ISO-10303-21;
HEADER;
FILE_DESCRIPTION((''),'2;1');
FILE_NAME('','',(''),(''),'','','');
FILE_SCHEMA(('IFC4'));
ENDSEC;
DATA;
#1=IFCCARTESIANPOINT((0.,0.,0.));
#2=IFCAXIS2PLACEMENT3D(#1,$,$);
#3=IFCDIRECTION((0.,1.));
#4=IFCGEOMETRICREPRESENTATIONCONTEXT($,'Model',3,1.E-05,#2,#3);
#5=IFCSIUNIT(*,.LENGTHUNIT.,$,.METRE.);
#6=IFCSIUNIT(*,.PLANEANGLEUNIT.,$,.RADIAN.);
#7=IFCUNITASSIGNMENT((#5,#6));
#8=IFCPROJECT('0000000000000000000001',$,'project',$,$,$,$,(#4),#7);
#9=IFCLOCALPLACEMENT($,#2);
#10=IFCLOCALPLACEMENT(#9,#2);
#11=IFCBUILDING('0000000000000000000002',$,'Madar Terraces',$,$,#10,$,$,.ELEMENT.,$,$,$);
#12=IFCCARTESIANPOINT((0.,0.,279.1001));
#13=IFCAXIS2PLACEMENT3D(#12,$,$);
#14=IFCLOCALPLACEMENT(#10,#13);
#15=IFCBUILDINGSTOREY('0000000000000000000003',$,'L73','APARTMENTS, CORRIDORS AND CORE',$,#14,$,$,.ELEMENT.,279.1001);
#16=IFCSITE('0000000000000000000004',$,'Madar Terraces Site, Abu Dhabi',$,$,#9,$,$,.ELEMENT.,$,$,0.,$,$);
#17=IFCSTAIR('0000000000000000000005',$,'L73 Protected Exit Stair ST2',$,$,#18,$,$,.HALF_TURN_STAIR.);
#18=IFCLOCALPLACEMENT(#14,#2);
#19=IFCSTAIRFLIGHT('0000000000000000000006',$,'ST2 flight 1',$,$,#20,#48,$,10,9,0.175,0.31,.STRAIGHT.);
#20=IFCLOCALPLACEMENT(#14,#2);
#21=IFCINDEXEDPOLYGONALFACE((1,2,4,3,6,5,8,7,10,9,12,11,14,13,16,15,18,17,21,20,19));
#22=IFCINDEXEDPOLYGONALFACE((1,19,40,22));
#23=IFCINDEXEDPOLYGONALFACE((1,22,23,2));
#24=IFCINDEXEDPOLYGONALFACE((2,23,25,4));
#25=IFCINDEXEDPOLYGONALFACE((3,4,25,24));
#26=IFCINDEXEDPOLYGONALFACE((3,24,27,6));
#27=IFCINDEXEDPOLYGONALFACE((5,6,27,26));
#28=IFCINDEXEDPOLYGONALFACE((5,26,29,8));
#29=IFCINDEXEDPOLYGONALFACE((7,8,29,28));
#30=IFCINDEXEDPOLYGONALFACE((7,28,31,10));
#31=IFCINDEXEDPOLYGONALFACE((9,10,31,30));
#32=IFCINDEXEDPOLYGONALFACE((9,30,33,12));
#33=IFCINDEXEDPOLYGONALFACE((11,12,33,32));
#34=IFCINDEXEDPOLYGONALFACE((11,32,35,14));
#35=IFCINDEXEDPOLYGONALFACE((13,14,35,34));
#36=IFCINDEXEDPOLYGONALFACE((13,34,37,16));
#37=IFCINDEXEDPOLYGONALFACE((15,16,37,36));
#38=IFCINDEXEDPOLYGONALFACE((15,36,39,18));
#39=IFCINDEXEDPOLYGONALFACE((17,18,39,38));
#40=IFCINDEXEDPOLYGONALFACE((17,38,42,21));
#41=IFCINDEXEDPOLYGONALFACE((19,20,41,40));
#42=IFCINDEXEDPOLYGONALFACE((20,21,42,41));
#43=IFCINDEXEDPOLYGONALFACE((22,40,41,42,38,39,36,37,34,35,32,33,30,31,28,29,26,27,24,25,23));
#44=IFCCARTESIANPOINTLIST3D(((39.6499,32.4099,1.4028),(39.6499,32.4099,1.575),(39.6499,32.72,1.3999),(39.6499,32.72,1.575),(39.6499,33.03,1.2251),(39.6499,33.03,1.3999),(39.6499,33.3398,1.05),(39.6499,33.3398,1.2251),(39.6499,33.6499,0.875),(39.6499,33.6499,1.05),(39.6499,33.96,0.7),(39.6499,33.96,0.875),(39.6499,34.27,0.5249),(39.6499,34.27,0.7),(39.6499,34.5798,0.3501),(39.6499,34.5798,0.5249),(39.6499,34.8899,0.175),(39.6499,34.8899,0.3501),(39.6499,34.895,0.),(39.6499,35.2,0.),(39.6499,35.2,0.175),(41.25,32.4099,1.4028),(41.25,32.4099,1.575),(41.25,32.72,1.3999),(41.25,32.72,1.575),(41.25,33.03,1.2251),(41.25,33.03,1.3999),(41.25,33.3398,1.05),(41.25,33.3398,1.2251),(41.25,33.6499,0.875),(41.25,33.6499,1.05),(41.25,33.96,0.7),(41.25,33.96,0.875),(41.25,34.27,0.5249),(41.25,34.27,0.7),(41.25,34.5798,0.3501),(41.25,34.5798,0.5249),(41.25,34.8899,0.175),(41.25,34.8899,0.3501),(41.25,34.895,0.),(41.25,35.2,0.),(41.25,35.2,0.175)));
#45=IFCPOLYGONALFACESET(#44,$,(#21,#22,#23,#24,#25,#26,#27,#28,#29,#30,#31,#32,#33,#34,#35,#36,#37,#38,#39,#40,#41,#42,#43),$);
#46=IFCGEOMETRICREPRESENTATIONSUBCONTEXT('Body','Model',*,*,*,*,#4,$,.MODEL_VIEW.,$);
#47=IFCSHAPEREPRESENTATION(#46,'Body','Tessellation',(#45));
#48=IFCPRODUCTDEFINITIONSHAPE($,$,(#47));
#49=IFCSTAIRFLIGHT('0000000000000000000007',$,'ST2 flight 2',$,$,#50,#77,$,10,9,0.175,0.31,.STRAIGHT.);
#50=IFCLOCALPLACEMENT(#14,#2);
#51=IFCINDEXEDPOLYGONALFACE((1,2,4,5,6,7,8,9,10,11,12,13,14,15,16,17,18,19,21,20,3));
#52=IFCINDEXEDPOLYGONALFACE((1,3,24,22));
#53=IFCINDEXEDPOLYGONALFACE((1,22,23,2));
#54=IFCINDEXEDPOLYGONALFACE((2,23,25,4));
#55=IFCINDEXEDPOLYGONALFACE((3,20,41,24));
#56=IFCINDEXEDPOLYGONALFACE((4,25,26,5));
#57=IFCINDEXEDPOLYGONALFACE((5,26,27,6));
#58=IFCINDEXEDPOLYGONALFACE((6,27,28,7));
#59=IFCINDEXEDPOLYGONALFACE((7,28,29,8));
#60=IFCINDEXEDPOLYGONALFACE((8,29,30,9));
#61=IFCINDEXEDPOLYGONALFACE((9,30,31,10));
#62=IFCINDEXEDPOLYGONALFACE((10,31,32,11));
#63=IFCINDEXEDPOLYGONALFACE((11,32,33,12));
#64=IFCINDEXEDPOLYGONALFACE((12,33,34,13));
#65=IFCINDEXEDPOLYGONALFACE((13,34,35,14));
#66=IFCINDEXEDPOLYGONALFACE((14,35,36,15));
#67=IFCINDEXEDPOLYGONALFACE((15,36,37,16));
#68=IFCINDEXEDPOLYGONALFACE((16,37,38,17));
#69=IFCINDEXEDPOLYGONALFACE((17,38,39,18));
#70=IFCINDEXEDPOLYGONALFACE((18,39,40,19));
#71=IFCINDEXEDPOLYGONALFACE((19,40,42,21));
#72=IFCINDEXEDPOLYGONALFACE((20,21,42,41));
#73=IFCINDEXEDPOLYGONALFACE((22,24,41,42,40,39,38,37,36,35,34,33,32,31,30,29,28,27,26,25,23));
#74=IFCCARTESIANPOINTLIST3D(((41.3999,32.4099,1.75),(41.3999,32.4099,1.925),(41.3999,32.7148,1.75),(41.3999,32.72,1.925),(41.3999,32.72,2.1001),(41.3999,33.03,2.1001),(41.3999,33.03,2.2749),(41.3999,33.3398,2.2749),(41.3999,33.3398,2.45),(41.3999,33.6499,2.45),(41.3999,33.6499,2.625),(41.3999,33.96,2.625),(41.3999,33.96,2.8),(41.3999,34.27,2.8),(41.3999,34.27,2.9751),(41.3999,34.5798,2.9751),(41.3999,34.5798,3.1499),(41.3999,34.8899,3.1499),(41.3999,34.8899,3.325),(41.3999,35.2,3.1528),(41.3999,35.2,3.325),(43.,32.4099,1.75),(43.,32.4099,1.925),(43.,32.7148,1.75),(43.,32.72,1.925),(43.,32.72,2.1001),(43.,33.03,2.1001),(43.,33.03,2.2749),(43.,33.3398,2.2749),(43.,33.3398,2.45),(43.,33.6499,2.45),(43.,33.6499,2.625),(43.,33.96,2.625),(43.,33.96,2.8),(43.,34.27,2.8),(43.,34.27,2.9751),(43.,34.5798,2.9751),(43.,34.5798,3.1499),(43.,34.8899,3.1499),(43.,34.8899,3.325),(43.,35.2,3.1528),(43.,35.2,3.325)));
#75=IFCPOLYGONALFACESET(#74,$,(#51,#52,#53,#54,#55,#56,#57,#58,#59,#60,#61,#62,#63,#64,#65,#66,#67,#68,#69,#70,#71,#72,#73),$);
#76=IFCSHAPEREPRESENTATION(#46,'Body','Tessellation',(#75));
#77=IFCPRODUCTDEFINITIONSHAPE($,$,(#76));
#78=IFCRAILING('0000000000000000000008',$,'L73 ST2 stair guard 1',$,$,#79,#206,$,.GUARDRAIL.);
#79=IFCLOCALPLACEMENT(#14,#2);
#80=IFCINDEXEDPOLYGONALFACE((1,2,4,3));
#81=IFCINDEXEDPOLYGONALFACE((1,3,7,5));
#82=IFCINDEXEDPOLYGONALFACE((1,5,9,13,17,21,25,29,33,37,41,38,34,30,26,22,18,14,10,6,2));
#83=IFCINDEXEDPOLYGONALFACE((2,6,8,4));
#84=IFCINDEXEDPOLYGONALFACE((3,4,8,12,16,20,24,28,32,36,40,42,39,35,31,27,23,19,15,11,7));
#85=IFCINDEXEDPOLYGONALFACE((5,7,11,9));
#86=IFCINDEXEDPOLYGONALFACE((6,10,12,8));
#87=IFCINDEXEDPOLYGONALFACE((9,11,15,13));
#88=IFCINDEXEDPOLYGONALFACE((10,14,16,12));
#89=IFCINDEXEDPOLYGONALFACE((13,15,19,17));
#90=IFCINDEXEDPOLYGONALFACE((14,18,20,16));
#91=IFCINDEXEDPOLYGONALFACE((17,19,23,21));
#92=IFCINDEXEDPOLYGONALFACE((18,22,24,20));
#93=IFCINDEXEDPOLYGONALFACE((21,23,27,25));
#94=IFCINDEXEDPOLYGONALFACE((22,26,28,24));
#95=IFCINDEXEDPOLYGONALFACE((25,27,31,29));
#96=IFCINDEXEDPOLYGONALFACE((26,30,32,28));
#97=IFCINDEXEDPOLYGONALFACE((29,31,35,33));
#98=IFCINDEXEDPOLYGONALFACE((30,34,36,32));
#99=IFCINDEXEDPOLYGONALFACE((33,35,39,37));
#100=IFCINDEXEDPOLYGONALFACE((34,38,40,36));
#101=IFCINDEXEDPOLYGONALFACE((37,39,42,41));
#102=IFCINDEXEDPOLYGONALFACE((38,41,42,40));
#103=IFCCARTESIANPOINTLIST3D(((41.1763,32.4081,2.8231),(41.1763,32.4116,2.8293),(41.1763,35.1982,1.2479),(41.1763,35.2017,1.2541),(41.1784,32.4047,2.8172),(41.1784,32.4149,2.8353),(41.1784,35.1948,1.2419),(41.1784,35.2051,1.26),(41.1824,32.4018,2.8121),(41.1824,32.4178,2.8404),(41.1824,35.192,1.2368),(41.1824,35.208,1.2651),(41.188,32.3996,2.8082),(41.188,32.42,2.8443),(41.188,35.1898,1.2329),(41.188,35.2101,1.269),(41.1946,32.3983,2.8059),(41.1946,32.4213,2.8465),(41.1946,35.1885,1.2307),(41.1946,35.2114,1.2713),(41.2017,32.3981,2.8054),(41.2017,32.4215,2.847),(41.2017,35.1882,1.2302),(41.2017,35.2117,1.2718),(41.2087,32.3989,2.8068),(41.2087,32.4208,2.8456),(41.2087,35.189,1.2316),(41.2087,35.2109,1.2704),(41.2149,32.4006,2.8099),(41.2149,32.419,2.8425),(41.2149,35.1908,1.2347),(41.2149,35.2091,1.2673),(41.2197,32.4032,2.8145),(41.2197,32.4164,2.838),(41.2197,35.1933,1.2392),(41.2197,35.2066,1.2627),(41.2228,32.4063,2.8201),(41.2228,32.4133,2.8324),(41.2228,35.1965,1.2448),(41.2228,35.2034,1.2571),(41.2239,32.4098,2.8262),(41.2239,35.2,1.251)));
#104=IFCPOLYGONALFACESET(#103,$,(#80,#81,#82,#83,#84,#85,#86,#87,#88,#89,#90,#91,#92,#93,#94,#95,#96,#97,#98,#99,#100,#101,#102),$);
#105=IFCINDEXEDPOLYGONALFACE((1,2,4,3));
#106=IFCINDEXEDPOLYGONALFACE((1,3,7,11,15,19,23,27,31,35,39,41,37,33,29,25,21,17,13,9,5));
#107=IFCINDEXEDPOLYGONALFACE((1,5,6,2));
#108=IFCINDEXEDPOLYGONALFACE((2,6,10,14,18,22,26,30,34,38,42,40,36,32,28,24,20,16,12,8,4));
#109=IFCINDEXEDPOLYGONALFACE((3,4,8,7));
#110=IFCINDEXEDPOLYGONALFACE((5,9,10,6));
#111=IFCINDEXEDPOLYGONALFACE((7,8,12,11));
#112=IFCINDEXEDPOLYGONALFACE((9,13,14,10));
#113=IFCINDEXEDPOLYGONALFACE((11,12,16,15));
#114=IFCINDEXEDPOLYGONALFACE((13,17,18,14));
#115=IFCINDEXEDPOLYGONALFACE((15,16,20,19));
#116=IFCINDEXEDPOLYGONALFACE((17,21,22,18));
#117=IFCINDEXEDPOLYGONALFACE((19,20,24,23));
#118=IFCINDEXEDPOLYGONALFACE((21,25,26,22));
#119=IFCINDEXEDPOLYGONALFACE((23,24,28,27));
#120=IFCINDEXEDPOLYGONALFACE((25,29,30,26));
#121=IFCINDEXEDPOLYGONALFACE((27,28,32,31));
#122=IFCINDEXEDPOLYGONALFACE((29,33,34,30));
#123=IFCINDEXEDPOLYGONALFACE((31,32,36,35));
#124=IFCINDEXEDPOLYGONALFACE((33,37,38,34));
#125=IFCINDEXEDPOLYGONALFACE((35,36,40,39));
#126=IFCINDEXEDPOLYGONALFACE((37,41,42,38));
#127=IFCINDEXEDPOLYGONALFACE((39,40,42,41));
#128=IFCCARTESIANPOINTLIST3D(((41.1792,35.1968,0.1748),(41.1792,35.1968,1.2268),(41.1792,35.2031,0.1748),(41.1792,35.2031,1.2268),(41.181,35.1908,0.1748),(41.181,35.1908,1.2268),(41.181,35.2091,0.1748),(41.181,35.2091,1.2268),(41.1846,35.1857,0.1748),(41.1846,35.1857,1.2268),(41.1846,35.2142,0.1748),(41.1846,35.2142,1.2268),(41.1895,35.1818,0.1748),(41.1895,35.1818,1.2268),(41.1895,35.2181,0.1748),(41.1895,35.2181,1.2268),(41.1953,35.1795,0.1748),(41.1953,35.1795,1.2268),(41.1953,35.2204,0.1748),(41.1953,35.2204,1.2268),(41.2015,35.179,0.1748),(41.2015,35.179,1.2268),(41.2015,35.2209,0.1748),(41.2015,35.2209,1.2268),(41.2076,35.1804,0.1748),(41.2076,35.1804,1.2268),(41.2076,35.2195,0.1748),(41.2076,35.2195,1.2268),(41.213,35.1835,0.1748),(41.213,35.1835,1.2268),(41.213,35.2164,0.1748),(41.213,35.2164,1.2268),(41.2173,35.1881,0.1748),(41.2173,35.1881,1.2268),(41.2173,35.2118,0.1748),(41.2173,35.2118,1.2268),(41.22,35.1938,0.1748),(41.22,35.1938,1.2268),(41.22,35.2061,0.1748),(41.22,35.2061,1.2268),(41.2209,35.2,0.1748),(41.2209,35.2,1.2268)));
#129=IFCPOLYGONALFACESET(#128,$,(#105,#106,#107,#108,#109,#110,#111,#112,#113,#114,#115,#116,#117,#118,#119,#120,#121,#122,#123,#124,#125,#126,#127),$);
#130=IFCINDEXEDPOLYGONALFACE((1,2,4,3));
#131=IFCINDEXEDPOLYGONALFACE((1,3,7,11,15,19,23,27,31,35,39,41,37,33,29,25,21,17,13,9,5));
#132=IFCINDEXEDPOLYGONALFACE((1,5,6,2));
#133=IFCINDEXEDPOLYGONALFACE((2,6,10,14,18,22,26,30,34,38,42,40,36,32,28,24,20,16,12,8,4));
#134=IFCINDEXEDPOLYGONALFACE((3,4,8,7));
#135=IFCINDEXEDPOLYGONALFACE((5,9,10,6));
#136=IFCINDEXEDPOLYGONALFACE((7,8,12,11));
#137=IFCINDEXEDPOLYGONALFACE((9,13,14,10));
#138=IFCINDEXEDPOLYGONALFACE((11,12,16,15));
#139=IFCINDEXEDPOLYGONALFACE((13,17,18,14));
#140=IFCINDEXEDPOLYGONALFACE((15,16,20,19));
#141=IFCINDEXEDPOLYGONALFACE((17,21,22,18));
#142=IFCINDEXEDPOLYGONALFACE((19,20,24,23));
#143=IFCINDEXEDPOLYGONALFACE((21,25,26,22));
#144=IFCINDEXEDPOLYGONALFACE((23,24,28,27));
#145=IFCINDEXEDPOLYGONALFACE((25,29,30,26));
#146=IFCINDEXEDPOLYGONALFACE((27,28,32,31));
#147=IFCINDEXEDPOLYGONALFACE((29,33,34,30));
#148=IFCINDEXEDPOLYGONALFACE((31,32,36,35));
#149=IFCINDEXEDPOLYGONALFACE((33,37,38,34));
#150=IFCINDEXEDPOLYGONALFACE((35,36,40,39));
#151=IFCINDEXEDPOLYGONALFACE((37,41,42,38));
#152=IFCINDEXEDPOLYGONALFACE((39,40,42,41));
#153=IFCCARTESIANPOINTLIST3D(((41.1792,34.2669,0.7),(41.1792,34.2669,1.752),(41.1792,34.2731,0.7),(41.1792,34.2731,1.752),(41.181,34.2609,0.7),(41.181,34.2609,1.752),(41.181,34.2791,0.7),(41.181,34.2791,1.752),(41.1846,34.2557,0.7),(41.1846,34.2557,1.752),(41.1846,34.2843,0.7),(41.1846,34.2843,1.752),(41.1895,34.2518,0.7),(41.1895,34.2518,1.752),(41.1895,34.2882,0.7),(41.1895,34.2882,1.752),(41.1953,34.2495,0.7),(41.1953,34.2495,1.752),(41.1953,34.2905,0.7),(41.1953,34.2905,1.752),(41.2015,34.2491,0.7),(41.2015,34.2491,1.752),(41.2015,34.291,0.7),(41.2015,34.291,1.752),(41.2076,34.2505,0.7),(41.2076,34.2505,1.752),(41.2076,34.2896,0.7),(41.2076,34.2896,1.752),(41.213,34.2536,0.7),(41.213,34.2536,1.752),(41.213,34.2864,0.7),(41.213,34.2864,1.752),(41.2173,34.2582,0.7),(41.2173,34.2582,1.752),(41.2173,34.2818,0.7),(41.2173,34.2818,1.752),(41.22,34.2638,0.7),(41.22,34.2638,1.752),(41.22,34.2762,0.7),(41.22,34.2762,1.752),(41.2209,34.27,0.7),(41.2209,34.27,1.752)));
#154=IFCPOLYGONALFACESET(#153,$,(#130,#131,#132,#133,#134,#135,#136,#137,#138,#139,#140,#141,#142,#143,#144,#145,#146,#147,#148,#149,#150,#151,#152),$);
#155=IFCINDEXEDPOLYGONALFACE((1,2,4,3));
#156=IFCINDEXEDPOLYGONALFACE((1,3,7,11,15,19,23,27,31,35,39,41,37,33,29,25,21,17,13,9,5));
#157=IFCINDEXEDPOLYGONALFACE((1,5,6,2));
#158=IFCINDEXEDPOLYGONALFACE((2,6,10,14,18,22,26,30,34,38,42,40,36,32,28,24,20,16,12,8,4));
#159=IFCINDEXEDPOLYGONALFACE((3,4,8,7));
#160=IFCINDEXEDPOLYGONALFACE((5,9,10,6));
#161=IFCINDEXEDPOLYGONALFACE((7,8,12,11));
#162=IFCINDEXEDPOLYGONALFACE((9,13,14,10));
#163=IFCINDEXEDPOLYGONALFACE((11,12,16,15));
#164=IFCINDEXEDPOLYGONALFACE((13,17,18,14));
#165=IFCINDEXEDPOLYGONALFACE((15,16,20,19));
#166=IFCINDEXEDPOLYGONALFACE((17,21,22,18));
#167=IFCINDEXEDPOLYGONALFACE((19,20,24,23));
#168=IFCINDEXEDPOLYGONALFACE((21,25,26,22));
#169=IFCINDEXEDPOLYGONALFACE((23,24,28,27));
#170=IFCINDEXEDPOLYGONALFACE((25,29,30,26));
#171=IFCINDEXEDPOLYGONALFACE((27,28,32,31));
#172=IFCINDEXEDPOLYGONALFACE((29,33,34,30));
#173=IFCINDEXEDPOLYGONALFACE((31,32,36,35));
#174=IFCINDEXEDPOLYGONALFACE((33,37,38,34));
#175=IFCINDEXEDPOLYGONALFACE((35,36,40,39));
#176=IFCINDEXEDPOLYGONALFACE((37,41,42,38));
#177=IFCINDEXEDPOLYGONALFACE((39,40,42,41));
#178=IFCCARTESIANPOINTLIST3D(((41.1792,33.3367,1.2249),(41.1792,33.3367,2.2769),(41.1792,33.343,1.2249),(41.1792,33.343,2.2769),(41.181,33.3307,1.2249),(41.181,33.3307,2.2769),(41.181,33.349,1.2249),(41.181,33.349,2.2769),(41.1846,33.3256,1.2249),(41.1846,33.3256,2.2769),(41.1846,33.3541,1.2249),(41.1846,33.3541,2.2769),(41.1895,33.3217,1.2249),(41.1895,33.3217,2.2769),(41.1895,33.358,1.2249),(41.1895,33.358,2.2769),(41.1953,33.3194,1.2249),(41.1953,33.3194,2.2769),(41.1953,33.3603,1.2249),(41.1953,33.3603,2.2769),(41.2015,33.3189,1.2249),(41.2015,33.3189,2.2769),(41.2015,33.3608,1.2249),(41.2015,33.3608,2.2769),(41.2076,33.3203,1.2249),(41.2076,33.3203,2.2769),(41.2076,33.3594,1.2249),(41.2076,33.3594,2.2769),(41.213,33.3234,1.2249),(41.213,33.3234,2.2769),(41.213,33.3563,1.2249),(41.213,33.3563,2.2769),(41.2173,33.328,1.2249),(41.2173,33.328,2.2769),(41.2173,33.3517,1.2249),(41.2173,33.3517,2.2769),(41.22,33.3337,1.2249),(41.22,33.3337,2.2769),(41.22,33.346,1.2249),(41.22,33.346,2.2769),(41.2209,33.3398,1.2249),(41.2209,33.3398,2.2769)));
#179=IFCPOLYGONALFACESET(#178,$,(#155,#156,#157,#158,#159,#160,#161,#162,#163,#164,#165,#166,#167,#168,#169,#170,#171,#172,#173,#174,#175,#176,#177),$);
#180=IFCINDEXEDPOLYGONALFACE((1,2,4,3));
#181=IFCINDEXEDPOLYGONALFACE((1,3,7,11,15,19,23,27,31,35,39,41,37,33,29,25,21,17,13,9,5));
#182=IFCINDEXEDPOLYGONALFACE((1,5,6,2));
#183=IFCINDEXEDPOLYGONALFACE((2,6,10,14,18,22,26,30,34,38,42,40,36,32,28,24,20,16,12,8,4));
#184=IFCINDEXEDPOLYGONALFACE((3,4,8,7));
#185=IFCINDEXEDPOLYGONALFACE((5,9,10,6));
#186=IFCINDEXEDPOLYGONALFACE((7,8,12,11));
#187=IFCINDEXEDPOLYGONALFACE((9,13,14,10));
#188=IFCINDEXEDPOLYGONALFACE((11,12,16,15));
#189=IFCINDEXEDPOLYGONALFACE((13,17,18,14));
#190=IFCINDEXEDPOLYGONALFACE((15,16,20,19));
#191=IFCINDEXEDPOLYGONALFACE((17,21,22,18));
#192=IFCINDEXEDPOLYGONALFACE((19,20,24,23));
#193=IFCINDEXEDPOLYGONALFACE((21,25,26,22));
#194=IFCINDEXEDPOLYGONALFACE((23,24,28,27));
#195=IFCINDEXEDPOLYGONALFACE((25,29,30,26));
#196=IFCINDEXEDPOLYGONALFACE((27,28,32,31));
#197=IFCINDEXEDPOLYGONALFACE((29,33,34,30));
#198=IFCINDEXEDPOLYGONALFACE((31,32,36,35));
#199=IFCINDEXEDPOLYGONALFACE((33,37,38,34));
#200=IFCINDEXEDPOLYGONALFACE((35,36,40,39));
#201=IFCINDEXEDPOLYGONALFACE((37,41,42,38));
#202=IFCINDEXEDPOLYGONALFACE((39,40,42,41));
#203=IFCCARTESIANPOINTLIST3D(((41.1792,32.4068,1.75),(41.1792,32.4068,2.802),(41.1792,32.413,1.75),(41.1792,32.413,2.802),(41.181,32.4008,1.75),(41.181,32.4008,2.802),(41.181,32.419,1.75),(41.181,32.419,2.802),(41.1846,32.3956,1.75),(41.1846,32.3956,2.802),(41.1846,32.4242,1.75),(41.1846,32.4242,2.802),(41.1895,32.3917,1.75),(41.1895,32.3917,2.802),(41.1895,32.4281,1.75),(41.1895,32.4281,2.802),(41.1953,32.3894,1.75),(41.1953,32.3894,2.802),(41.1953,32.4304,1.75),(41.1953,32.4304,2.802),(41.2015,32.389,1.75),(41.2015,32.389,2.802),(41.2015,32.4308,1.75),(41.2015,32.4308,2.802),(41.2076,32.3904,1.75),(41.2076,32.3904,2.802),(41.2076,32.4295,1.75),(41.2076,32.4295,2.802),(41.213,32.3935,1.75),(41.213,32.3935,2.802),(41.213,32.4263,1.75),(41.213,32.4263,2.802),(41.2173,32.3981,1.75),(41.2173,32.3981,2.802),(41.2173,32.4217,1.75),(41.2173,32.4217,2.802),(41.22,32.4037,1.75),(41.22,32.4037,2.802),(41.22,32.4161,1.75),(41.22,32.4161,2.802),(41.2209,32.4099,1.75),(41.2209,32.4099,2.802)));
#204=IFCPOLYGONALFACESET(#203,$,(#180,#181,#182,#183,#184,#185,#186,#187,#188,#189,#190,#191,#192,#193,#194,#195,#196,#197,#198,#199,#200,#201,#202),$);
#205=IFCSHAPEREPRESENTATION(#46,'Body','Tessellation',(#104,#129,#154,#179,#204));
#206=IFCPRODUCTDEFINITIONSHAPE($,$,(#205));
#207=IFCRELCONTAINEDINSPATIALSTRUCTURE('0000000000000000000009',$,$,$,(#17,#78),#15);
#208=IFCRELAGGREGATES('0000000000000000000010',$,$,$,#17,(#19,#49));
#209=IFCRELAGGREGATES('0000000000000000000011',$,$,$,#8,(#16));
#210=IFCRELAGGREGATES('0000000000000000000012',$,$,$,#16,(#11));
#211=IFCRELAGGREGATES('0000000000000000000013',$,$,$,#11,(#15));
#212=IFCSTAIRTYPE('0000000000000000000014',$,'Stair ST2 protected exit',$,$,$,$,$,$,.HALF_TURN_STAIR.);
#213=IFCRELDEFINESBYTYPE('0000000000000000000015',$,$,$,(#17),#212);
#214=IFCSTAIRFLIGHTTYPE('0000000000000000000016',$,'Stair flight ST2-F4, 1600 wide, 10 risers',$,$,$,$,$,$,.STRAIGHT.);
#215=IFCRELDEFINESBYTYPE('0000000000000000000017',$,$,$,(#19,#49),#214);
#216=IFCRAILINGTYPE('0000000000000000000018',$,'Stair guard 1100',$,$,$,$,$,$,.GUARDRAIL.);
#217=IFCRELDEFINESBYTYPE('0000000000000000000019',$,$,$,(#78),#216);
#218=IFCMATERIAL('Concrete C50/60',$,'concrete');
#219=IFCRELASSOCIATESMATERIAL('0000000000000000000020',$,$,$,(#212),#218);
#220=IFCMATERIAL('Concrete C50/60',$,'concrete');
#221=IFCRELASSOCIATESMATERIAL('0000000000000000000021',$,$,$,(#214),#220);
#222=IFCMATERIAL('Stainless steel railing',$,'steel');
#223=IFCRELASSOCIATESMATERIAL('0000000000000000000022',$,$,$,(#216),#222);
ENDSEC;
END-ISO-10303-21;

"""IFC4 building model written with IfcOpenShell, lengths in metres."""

from ifc_helpers import new_model, si_unit, direction, frame, origin, origin_2d, place, context, subcontext, project, spatial, polyline, circle, outline, extrude, material, type_object, element, aggregate, save


model = new_model("IFC4")

# Units and contexts
model_context = context("Model", 3, precision=1e-05, world=origin(), true_north=direction((0.0, 1.0)))
body_context = subcontext(model_context, "Body", "Model", "MODEL_VIEW")
ifc_project = project(units=[si_unit("LENGTHUNIT", "METRE"), si_unit("PLANEANGLEUNIT", "RADIAN")], contexts=[model_context])

# Site, building, storey
site_placement = place(None, origin())
site = spatial("IfcSite", under=ifc_project, at=site_placement, Name="Madar Terraces Site, Abu Dhabi", CompositionType="ELEMENT", RefElevation=0.0)
building_placement = place(site_placement, origin())
building = spatial("IfcBuilding", under=site, at=building_placement, Name="Madar Terraces", CompositionType="ELEMENT")
storey_placement = place(building_placement, frame((0.0, 0.0, 279.1001)))
storey = spatial("IfcBuildingStorey", under=building, at=storey_placement, Name="L73", Description="APARTMENTS, CORRIDORS AND CORE", CompositionType="ELEMENT", Elevation=279.1001)

# Stair, stair flights
ifc_material_1 = material(Name="Concrete C50/60", Category="concrete")
stair_type = type_object("IfcStairType", Name="Stair ST2 protected exit", PredefinedType="HALF_TURN_STAIR", material=ifc_material_1)
stair_placement = place(storey_placement, origin())
stair = element("IfcStair", 1, at=stair_placement, inside=storey, type_object=stair_type, Name="L73 Protected Exit Stair ST2", PredefinedType="HALF_TURN_STAIR")
ifc_material_2 = material(Name="Concrete C50/60", Category="concrete")
stair_flight_type = type_object("IfcStairFlightType", Name="Stair flight ST2-F4, 1600 wide, 10 risers", PredefinedType="STRAIGHT", material=ifc_material_2)
stair_flight_1_placement = place(storey_placement, frame((40.45, 35.2, 0.0), z_axis=(0.0, 0.0, 1.0), x_axis=(0.0, -1.0, 0.0)))
stair_flight_1 = element("IfcStairFlight", 2, at=stair_flight_1_placement, type_object=stair_flight_type, Name="ST2 flight 1", NumberOfRisers=10, NumberOfTreads=9, PredefinedType="STRAIGHT", RiserHeight=0.175, TreadLength=0.31, context=body_context, shape_type="SweptSolid", body=[
    extrude(outline(polyline([(0.0, 0.0), (0.0, 0.175), (0.3101, 0.175), (0.3101, 0.3501), (0.6201, 0.3501), (0.6201, 0.5249), (0.9299, 0.5249), (0.9299, 0.7), (1.24, 0.7), (1.24, 0.875), (1.55, 0.875), (1.55, 1.05), (1.8601, 1.05), (1.8601, 1.2251), (2.1699, 1.2251), (2.1699, 1.3999), (2.48, 1.3999), (2.48, 1.575), (2.79, 1.575), (2.79, 1.75), (2.79, 1.4028), (0.3049, 0.0), (0.0, 0.0)])), frame((0.0, 0.8, 0.0), z_axis=(0.0, -1.0, 0.0), x_axis=(1.0, 0.0, 0.0)), (0.0, 0.0, 1.0), 1.6001),
])
stair_flight_2_placement = place(storey_placement, frame((42.2, 32.4099, 1.75), z_axis=(0.0, 0.0, 1.0), x_axis=(0.0, 1.0, 0.0)))
stair_flight_2 = element("IfcStairFlight", 3, at=stair_flight_2_placement, type_object=stair_flight_type, Name="ST2 flight 2", NumberOfRisers=10, NumberOfTreads=9, PredefinedType="STRAIGHT", RiserHeight=0.175, TreadLength=0.31, context=body_context, shape_type="SweptSolid", body=[
    extrude(outline(polyline([(0.0, 0.0), (0.0, 0.175), (0.3101, 0.175), (0.3101, 0.3501), (0.6201, 0.3501), (0.6201, 0.5249), (0.9299, 0.5249), (0.9299, 0.7), (1.24, 0.7), (1.24, 0.875), (1.55, 0.875), (1.55, 1.05), (1.8601, 1.05), (1.8601, 1.2251), (2.1699, 1.2251), (2.1699, 1.3999), (2.48, 1.3999), (2.48, 1.575), (2.79, 1.575), (2.79, 1.75), (2.79, 1.4028), (0.3049, 0.0), (0.0, 0.0)])), frame((0.0, 0.8, 0.0), z_axis=(0.0, -1.0, 0.0), x_axis=(1.0, 0.0, 0.0)), (0.0, 0.0, 1.0), 1.6001),
])
aggregate(stair, [stair_flight_1, stair_flight_2])

# Railing
ifc_material_3 = material(Name="Stainless steel railing", Category="steel")
railing_type_1 = type_object("IfcRailingType", Name="Stair guard 1100", PredefinedType="GUARDRAIL", material=ifc_material_3)
railing_1_placement = place(storey_placement, frame((41.2, 35.2, 0.1748)))
element("IfcRailing", 4, at=railing_1_placement, inside=storey, type_object=railing_type_1, Name="L73 ST2 stair guard 1", PredefinedType="GUARDRAIL", context=body_context, shape_type="SweptSolid", body=[
    extrude(circle(Radius=0.0239, at=origin_2d()), frame((0.0, 0.0, 1.0762), z_axis=(0.0, -0.870801, 0.491635), x_axis=(1.0, 0.0, 0.0)), (0.0, 0.0, 1.0), 3.2041),
    extrude(circle(Radius=0.021, at=origin_2d()), origin(), (0.0, 0.0, 1.0), 1.052),
    extrude(circle(Radius=0.021, at=origin_2d()), frame((0.0, -0.9299, 0.5251)), (0.0, 0.0, 1.0), 1.052),
    extrude(circle(Radius=0.021, at=origin_2d()), frame((0.0, -1.8601, 1.05)), (0.0, 0.0, 1.0), 1.052),
    extrude(circle(Radius=0.021, at=origin_2d()), frame((0.0, -2.79, 1.5752)), (0.0, 0.0, 1.0), 1.052),
])

save(model, "model.ifc")
